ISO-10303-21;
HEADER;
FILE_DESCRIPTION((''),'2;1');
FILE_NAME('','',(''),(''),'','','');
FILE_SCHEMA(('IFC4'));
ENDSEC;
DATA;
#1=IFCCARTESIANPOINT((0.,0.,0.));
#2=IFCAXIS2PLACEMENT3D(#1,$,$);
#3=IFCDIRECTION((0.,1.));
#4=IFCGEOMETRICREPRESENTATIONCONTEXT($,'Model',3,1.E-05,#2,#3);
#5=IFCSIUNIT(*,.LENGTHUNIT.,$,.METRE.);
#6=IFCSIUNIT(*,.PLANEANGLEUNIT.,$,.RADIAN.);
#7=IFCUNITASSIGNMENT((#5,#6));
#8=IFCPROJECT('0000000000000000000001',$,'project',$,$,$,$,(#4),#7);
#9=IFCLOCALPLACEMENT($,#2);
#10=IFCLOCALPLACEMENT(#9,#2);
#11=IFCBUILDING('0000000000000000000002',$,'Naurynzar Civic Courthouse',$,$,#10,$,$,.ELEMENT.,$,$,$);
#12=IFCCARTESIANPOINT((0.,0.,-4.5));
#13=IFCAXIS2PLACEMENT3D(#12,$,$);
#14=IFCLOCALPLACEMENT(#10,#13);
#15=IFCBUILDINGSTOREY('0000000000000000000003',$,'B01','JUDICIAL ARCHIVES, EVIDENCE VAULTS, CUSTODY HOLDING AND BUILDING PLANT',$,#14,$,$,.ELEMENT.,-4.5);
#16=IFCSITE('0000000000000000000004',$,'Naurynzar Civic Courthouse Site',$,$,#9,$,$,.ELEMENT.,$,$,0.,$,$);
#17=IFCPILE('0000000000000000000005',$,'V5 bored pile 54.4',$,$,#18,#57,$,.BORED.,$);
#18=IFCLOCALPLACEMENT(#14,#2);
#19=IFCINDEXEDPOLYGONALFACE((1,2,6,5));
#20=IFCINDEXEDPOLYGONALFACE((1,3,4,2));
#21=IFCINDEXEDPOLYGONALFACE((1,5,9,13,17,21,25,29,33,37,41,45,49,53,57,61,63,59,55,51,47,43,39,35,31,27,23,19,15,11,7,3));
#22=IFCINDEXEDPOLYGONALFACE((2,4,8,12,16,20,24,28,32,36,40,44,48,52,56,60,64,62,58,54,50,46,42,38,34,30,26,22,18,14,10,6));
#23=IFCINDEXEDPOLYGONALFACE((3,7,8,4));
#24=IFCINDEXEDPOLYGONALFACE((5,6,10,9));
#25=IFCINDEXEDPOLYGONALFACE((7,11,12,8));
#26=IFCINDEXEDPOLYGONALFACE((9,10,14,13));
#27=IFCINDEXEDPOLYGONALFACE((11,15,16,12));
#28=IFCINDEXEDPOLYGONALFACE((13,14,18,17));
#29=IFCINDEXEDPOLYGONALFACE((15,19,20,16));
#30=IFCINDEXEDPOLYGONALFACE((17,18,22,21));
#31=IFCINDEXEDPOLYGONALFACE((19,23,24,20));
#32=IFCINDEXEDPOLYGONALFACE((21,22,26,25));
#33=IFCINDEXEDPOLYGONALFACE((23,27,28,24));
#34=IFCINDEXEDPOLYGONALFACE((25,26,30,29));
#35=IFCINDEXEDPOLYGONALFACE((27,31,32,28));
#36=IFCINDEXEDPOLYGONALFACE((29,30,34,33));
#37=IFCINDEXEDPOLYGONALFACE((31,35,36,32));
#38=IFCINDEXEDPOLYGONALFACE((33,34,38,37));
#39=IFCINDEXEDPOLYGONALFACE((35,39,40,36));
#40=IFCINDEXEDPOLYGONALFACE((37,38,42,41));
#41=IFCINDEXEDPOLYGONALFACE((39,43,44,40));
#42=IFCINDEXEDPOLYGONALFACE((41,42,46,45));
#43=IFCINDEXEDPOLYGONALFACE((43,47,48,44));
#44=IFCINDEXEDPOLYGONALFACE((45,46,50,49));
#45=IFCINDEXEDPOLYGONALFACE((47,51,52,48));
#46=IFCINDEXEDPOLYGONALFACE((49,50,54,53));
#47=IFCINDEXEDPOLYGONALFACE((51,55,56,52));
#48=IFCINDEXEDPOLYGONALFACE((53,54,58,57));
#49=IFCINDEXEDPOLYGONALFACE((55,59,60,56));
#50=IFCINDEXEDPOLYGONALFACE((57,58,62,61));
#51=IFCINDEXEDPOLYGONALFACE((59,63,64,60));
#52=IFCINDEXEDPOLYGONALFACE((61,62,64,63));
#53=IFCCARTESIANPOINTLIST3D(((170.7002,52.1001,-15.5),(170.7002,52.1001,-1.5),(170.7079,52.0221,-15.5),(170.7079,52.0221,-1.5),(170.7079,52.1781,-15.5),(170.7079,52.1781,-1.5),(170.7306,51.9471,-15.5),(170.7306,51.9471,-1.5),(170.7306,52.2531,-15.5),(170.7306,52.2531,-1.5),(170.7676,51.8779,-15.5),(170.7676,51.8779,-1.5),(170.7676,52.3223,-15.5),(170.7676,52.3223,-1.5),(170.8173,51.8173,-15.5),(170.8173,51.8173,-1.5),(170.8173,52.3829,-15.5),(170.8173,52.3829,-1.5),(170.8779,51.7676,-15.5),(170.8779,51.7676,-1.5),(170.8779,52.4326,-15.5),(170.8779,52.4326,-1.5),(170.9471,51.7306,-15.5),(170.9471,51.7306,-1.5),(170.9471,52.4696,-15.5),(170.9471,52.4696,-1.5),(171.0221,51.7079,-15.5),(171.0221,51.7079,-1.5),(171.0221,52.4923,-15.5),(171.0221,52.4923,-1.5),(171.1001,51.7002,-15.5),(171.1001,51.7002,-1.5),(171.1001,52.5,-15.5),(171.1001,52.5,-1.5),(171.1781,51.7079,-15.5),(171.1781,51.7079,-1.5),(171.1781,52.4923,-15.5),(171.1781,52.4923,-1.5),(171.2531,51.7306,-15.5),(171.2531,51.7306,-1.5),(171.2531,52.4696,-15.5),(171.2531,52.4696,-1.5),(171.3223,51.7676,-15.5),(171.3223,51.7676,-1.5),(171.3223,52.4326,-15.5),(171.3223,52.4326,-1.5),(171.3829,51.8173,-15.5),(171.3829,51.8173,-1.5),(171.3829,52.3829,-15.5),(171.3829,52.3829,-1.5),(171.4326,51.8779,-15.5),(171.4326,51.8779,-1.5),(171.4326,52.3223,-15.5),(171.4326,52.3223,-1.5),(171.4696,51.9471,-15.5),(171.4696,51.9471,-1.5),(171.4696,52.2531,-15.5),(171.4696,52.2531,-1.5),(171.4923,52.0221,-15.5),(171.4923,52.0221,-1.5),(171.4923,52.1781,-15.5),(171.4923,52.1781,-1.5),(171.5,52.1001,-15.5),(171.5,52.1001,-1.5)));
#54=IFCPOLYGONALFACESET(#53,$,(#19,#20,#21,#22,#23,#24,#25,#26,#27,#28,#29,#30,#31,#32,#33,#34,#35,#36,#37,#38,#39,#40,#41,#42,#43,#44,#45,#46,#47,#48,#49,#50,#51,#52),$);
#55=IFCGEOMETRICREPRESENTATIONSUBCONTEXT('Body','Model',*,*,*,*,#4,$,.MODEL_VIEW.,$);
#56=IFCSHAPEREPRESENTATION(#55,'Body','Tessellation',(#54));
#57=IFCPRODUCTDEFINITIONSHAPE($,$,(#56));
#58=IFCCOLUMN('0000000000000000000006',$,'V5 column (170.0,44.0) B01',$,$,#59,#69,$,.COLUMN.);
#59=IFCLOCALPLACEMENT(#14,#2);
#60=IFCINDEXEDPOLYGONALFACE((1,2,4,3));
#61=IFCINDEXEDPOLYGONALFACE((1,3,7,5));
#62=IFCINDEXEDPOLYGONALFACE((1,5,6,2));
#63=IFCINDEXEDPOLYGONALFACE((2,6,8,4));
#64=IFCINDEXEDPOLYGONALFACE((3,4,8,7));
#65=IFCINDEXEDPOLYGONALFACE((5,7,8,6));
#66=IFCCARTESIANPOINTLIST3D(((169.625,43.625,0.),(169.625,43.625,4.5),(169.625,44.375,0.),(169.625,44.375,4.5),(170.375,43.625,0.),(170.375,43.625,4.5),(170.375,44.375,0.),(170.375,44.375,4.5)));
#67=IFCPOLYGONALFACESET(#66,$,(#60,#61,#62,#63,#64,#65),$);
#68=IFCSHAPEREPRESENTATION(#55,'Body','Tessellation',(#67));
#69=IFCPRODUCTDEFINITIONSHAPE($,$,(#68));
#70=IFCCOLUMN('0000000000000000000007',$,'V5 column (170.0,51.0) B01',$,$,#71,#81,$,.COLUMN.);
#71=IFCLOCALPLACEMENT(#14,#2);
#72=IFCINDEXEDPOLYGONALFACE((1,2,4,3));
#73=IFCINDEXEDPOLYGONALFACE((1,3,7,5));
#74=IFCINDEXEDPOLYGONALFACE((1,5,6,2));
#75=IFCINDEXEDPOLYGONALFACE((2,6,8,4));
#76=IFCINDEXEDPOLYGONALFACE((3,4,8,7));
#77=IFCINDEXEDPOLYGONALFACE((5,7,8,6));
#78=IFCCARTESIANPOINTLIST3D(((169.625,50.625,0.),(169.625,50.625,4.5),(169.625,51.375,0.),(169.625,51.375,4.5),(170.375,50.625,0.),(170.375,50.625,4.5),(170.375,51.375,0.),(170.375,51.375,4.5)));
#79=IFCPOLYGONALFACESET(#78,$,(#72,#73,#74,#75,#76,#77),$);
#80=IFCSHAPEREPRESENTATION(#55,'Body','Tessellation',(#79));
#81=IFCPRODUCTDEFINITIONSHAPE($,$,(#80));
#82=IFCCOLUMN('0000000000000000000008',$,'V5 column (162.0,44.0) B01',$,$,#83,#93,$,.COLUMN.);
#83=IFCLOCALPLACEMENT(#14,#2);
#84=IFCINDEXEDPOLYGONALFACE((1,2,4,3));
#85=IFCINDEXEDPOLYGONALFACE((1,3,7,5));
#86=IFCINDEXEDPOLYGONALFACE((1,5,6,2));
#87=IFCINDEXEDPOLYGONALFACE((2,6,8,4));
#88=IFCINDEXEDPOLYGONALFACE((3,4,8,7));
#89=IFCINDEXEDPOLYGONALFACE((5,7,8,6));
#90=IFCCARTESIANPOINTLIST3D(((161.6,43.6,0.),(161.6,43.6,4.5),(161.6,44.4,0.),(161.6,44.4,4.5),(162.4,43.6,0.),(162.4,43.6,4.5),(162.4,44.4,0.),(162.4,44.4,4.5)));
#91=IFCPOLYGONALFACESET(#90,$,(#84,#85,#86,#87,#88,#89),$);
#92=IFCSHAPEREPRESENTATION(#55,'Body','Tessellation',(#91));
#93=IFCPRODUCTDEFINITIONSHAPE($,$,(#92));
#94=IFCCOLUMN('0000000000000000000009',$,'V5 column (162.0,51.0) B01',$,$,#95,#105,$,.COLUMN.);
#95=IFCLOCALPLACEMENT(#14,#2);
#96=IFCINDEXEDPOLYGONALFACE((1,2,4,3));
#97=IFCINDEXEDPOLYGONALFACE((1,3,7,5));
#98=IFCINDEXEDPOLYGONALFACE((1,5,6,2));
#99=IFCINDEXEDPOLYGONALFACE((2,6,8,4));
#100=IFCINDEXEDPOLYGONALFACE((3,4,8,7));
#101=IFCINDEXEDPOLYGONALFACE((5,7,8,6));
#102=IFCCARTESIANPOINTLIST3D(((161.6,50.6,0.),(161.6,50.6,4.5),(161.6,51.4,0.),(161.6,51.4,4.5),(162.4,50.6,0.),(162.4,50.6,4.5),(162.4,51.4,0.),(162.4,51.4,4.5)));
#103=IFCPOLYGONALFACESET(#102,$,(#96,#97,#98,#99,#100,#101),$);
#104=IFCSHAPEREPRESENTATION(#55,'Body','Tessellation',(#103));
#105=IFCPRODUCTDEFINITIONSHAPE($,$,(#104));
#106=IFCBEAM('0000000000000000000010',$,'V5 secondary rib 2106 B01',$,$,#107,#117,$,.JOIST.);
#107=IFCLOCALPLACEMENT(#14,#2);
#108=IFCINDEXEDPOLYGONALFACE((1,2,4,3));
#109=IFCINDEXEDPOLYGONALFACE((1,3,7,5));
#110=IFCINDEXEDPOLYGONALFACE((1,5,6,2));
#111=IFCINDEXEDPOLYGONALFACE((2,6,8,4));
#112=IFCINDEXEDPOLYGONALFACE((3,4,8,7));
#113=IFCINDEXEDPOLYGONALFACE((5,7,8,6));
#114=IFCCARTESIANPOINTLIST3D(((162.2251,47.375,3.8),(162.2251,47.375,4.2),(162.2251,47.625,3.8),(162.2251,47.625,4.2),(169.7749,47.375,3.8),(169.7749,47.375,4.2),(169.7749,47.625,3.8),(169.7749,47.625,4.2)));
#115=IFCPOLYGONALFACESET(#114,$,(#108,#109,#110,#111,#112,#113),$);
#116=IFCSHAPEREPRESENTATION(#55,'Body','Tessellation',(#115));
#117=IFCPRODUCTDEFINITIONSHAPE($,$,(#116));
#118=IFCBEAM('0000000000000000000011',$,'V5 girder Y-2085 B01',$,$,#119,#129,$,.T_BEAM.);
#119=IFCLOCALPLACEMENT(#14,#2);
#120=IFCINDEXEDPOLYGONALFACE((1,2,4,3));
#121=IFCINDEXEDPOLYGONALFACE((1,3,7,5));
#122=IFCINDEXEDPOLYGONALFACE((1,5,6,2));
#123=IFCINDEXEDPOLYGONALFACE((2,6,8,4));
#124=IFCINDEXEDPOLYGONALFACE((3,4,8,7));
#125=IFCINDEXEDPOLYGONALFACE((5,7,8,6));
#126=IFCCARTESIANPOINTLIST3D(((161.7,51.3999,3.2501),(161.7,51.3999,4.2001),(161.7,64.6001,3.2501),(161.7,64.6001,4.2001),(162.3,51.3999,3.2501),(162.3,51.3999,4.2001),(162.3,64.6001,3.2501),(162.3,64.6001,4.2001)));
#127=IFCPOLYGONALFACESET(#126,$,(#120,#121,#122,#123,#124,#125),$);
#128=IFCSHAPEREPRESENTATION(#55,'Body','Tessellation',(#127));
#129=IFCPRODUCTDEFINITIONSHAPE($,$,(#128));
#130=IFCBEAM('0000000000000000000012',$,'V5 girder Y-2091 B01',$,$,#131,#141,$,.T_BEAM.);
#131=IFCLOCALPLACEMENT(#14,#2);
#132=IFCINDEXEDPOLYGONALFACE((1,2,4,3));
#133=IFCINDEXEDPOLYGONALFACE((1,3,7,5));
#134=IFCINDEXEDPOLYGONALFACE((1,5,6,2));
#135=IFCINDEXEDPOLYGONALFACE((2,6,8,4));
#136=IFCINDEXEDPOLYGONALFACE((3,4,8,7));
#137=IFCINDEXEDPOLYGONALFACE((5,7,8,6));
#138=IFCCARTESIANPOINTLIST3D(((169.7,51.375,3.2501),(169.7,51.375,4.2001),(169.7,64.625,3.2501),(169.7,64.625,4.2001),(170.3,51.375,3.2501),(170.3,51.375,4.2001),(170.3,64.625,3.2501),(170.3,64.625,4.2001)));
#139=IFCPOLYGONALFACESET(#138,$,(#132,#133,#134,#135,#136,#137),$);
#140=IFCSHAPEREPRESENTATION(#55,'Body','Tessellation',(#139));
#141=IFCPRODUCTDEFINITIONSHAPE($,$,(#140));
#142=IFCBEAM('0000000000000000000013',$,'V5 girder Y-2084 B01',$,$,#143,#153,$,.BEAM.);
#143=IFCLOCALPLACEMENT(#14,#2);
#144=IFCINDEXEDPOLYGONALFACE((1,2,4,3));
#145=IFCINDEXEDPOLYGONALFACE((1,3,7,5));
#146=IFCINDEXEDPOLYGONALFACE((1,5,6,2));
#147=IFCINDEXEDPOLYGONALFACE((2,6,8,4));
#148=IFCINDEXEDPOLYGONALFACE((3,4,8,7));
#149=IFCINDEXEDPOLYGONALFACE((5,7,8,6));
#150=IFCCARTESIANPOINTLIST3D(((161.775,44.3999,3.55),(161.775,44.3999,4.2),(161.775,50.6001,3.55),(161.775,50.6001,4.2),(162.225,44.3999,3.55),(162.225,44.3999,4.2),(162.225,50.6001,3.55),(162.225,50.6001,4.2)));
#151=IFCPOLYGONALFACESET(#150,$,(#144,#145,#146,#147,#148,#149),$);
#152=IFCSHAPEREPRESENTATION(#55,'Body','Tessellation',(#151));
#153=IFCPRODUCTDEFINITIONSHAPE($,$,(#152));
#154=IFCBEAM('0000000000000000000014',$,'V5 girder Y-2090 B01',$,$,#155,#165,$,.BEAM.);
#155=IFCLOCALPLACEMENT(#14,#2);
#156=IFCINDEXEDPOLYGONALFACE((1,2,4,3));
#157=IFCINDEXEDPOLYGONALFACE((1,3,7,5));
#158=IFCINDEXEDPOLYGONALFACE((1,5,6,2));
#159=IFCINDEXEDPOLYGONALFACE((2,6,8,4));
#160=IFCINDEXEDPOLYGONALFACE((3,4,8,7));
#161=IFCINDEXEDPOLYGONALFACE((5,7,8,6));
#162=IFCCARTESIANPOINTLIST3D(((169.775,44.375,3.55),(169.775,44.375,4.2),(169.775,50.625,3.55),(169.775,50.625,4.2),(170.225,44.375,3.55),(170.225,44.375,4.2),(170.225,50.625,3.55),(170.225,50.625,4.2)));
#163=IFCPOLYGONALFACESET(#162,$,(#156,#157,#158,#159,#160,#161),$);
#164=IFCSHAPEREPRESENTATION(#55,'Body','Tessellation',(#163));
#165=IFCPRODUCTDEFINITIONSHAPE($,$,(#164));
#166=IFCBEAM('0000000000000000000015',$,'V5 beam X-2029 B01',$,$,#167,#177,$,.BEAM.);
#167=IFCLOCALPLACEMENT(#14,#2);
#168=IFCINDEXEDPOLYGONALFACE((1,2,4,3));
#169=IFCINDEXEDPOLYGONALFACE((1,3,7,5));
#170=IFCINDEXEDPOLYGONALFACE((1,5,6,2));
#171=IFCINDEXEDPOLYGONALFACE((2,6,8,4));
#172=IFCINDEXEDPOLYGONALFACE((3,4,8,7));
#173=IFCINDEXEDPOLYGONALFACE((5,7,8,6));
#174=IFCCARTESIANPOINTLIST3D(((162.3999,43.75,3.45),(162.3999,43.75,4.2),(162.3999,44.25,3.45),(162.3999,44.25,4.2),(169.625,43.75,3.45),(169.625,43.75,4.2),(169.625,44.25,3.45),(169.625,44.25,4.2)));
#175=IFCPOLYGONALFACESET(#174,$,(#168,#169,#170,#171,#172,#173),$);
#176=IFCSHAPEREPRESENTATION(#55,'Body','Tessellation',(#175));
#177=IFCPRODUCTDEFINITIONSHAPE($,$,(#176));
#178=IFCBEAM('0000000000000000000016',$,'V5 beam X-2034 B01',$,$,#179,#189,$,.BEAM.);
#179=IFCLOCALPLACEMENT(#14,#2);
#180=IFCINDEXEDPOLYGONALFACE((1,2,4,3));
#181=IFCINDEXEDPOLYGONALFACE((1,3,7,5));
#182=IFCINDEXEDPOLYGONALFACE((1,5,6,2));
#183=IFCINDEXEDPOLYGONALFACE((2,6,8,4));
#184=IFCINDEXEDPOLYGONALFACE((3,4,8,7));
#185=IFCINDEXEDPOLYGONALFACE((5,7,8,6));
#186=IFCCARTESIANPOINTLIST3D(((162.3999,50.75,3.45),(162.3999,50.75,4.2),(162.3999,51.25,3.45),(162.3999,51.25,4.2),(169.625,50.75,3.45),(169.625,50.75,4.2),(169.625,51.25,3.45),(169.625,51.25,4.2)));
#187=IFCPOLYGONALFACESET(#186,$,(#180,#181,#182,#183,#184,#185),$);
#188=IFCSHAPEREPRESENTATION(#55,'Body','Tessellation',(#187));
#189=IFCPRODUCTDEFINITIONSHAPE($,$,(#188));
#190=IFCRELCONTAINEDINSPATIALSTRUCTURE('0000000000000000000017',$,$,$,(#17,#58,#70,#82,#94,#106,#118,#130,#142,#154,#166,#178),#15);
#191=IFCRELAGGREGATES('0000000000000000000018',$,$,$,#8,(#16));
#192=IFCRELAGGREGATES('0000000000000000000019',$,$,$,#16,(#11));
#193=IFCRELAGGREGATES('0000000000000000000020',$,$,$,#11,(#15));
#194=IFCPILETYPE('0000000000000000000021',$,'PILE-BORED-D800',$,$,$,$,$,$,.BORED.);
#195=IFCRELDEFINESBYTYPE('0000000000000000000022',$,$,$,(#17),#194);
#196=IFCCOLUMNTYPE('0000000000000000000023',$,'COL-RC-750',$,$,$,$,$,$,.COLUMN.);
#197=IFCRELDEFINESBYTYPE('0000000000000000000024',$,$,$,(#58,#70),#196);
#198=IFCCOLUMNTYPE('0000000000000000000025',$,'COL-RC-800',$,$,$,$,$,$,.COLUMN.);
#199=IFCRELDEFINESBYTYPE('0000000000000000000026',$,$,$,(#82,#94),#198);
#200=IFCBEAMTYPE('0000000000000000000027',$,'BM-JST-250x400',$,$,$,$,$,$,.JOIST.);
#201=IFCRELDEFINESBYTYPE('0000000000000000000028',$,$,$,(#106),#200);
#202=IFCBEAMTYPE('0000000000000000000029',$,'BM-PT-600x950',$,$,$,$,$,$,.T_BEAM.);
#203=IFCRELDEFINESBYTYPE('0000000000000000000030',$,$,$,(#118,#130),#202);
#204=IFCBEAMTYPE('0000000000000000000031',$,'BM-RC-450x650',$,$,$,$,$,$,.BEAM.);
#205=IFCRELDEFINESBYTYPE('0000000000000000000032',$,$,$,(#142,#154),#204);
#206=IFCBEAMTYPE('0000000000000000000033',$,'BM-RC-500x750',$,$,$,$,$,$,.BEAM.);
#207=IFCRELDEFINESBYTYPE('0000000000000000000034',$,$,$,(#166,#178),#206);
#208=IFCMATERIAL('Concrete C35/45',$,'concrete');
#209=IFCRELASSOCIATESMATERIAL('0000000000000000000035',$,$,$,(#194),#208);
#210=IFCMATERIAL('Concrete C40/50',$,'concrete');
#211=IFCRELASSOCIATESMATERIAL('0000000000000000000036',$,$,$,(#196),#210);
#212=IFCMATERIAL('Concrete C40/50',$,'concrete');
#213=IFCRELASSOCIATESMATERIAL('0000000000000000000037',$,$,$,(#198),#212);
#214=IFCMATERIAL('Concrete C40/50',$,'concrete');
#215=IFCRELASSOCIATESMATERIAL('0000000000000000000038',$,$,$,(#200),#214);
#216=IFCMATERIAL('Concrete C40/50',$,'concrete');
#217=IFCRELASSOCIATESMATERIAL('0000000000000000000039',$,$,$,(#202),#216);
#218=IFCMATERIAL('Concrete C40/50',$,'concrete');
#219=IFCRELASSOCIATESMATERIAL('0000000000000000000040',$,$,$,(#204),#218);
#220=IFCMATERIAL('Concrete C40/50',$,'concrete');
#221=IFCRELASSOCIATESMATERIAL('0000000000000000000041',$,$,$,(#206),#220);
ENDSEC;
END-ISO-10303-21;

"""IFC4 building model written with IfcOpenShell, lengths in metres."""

from ifc_helpers import new_model, si_unit, direction, frame, origin, origin_2d, place, context, subcontext, project, spatial, rectangle, circle, extrude, material, material_profile, profile_set, type_object, element, save


model = new_model("IFC4")

# Units and contexts
model_context = context("Model", 3, precision=1e-05, world=origin(), true_north=direction((0.0, 1.0)))
body_context = subcontext(model_context, "Body", "Model", "MODEL_VIEW")
ifc_project = project(units=[si_unit("LENGTHUNIT", "METRE"), si_unit("PLANEANGLEUNIT", "RADIAN")], contexts=[model_context])

# Site, building, storey
site_placement = place(None, origin())
site = spatial("IfcSite", under=ifc_project, at=site_placement, Name="Naurynzar Civic Courthouse Site", CompositionType="ELEMENT", RefElevation=0.0)
building_placement = place(site_placement, origin())
building = spatial("IfcBuilding", under=site, at=building_placement, Name="Naurynzar Civic Courthouse", CompositionType="ELEMENT")
storey_placement = place(building_placement, frame((0.0, 0.0, -4.5)))
storey = spatial("IfcBuildingStorey", under=building, at=storey_placement, Name="B01", Description="JUDICIAL ARCHIVES, EVIDENCE VAULTS, CUSTODY HOLDING AND BUILDING PLANT", CompositionType="ELEMENT", Elevation=-4.5)

# Pile
ifc_material_1 = material(Name="Concrete C35/45", Category="concrete")
ifc_material_profile_1 = material_profile(ifc_material_1, circle(Radius=0.3999, at=origin_2d()), Name="PILE D800")
ifc_profile_set_1 = profile_set([ifc_material_profile_1], Name="Concrete C35/45")
pile_type_1 = type_object("IfcPileType", Name="PILE-BORED-D800", PredefinedType="BORED", material=ifc_profile_set_1)
for number, where, z_axis, x_axis, name in (
    (1, (171.1001, 52.1001, -1.5), (0.0, 0.0, -1.0), (1.0, 0.0, 0.0), "V5 bored pile 54.4"),
):
    element("IfcPile", number, at=place(storey_placement, frame(where, z_axis=z_axis, x_axis=x_axis)), inside=storey, type_object=pile_type_1, Name=name, PredefinedType="BORED", context=body_context, shape_type="SweptSolid", body=[
        extrude(circle(Radius=0.3999, at=origin_2d()), origin(), (0.0, 0.0, 1.0), 14.0),
    ])

# Columns
ifc_material_2 = material(Name="Concrete C40/50", Category="concrete")
ifc_material_profile_2 = material_profile(ifc_material_2, rectangle(XDim=0.75, YDim=0.75, at=origin_2d()), Name="RC 750x750")
ifc_profile_set_2 = profile_set([ifc_material_profile_2], Name="Concrete C40/50")
column_type_1 = type_object("IfcColumnType", Name="COL-RC-750", PredefinedType="COLUMN", material=ifc_profile_set_2)
for number, where, z_axis, x_axis, name in (
    (2, (170.0, 44.0, 0.0), (0.0, 0.0, 1.0), (1.0, 0.0, 0.0), "V5 column (170.0,44.0) B01"),
    (3, (170.0, 51.0, 0.0), (0.0, 0.0, 1.0), (1.0, 0.0, 0.0), "V5 column (170.0,51.0) B01"),
):
    element("IfcColumn", number, at=place(storey_placement, frame(where, z_axis=z_axis, x_axis=x_axis)), inside=storey, type_object=column_type_1, Name=name, PredefinedType="COLUMN", context=body_context, shape_type="SweptSolid", body=[
        extrude(rectangle(XDim=0.75, YDim=0.75, at=origin_2d()), origin(), (0.0, 0.0, 1.0), 4.5),
    ])
ifc_material_3 = material(Name="Concrete C40/50", Category="concrete")
ifc_material_profile_3 = material_profile(ifc_material_3, rectangle(XDim=0.8, YDim=0.8, at=origin_2d()), Name="RC 800x800")
ifc_profile_set_3 = profile_set([ifc_material_profile_3], Name="Concrete C40/50")
column_type_2 = type_object("IfcColumnType", Name="COL-RC-800", PredefinedType="COLUMN", material=ifc_profile_set_3)
for number, where, z_axis, x_axis, name in (
    (4, (162.0, 44.0, 0.0), (0.0, 0.0, 1.0), (1.0, 0.0, 0.0), "V5 column (162.0,44.0) B01"),
    (5, (162.0, 51.0, 0.0), (0.0, 0.0, 1.0), (1.0, 0.0, 0.0), "V5 column (162.0,51.0) B01"),
):
    element("IfcColumn", number, at=place(storey_placement, frame(where, z_axis=z_axis, x_axis=x_axis)), inside=storey, type_object=column_type_2, Name=name, PredefinedType="COLUMN", context=body_context, shape_type="SweptSolid", body=[
        extrude(rectangle(XDim=0.8, YDim=0.8, at=origin_2d()), origin(), (0.0, 0.0, 1.0), 4.5),
    ])

# Beams
ifc_material_4 = material(Name="Concrete C40/50", Category="concrete")
ifc_material_profile_4 = material_profile(ifc_material_4, rectangle(XDim=0.25, YDim=0.3999, at=origin_2d()), Name="RCB 250x400")
ifc_profile_set_4 = profile_set([ifc_material_profile_4], Name="Concrete C40/50")
beam_type_1 = type_object("IfcBeamType", Name="BM-JST-250x400", PredefinedType="JOIST", material=ifc_profile_set_4)
beam_1_placement = place(storey_placement, frame((162.2251, 47.5, 4.0), z_axis=(1.0, 0.0, 0.0), x_axis=(0.0, 1.0, 0.0)))
element("IfcBeam", 6, at=beam_1_placement, inside=storey, type_object=beam_type_1, Name="V5 secondary rib 2106 B01", PredefinedType="JOIST", context=body_context, shape_type="SweptSolid", body=[
    extrude(rectangle(XDim=0.25, YDim=0.3999, at=origin_2d()), origin(), (0.0, 0.0, 1.0), 7.5498),
])
ifc_material_5 = material(Name="Concrete C40/50", Category="concrete")
ifc_material_profile_5 = material_profile(ifc_material_5, rectangle(XDim=0.6001, YDim=0.95, at=origin_2d()), Name="PTB 600x950")
ifc_profile_set_5 = profile_set([ifc_material_profile_5], Name="Concrete C40/50")
beam_type_2 = type_object("IfcBeamType", Name="BM-PT-600x950", PredefinedType="T_BEAM", material=ifc_profile_set_5)
beam_2_placement = place(storey_placement, frame((162.0, 51.3999, 3.7251), z_axis=(0.0, 1.0, 0.0), x_axis=(-1.0, 0.0, 0.0)))
element("IfcBeam", 7, at=beam_2_placement, inside=storey, type_object=beam_type_2, Name="V5 girder Y-2085 B01", PredefinedType="T_BEAM", context=body_context, shape_type="SweptSolid", body=[
    extrude(rectangle(XDim=0.6001, YDim=0.95, at=origin_2d()), origin(), (0.0, 0.0, 1.0), 13.2002),
])
beam_3_placement = place(storey_placement, frame((170.0, 51.375, 3.7251), z_axis=(0.0, 1.0, 0.0), x_axis=(-1.0, 0.0, 0.0)))
element("IfcBeam", 8, at=beam_3_placement, inside=storey, type_object=beam_type_2, Name="V5 girder Y-2091 B01", PredefinedType="T_BEAM", context=body_context, shape_type="SweptSolid", body=[
    extrude(rectangle(XDim=0.6001, YDim=0.95, at=origin_2d()), origin(), (0.0, 0.0, 1.0), 13.25),
])
ifc_material_6 = material(Name="Concrete C40/50", Category="concrete")
ifc_material_profile_6 = material_profile(ifc_material_6, rectangle(XDim=0.45, YDim=0.6499, at=origin_2d()), Name="RCB 450x650")
ifc_profile_set_6 = profile_set([ifc_material_profile_6], Name="Concrete C40/50")
beam_type_3 = type_object("IfcBeamType", Name="BM-RC-450x650", PredefinedType="BEAM", material=ifc_profile_set_6)
beam_4_placement = place(storey_placement, frame((162.0, 44.3999, 3.875), z_axis=(0.0, 1.0, 0.0), x_axis=(-1.0, 0.0, 0.0)))
element("IfcBeam", 9, at=beam_4_placement, inside=storey, type_object=beam_type_3, Name="V5 girder Y-2084 B01", PredefinedType="BEAM", context=body_context, shape_type="SweptSolid", body=[
    extrude(rectangle(XDim=0.45, YDim=0.6499, at=origin_2d()), origin(), (0.0, 0.0, 1.0), 6.2002),
])
beam_5_placement = place(storey_placement, frame((170.0, 44.375, 3.875), z_axis=(0.0, 1.0, 0.0), x_axis=(-1.0, 0.0, 0.0)))
element("IfcBeam", 10, at=beam_5_placement, inside=storey, type_object=beam_type_3, Name="V5 girder Y-2090 B01", PredefinedType="BEAM", context=body_context, shape_type="SweptSolid", body=[
    extrude(rectangle(XDim=0.45, YDim=0.6499, at=origin_2d()), origin(), (0.0, 0.0, 1.0), 6.25),
])
ifc_material_7 = material(Name="Concrete C40/50", Category="concrete")
ifc_material_profile_7 = material_profile(ifc_material_7, rectangle(XDim=0.5, YDim=0.75, at=origin_2d()), Name="RCB 500x750")
ifc_profile_set_7 = profile_set([ifc_material_profile_7], Name="Concrete C40/50")
beam_type_4 = type_object("IfcBeamType", Name="BM-RC-500x750", PredefinedType="BEAM", material=ifc_profile_set_7)
for number, where, z_axis, x_axis, name in (
    (11, (162.3999, 44.0, 3.825), (1.0, 0.0, 0.0), (0.0, 1.0, 0.0), "V5 beam X-2029 B01"),
    (12, (162.3999, 51.0, 3.825), (1.0, 0.0, 0.0), (0.0, 1.0, 0.0), "V5 beam X-2034 B01"),
):
    element("IfcBeam", number, at=place(storey_placement, frame(where, z_axis=z_axis, x_axis=x_axis)), inside=storey, type_object=beam_type_4, Name=name, PredefinedType="BEAM", context=body_context, shape_type="SweptSolid", body=[
        extrude(rectangle(XDim=0.5, YDim=0.75, at=origin_2d()), origin(), (0.0, 0.0, 1.0), 7.2251),
    ])

save(model, "model.ifc")
